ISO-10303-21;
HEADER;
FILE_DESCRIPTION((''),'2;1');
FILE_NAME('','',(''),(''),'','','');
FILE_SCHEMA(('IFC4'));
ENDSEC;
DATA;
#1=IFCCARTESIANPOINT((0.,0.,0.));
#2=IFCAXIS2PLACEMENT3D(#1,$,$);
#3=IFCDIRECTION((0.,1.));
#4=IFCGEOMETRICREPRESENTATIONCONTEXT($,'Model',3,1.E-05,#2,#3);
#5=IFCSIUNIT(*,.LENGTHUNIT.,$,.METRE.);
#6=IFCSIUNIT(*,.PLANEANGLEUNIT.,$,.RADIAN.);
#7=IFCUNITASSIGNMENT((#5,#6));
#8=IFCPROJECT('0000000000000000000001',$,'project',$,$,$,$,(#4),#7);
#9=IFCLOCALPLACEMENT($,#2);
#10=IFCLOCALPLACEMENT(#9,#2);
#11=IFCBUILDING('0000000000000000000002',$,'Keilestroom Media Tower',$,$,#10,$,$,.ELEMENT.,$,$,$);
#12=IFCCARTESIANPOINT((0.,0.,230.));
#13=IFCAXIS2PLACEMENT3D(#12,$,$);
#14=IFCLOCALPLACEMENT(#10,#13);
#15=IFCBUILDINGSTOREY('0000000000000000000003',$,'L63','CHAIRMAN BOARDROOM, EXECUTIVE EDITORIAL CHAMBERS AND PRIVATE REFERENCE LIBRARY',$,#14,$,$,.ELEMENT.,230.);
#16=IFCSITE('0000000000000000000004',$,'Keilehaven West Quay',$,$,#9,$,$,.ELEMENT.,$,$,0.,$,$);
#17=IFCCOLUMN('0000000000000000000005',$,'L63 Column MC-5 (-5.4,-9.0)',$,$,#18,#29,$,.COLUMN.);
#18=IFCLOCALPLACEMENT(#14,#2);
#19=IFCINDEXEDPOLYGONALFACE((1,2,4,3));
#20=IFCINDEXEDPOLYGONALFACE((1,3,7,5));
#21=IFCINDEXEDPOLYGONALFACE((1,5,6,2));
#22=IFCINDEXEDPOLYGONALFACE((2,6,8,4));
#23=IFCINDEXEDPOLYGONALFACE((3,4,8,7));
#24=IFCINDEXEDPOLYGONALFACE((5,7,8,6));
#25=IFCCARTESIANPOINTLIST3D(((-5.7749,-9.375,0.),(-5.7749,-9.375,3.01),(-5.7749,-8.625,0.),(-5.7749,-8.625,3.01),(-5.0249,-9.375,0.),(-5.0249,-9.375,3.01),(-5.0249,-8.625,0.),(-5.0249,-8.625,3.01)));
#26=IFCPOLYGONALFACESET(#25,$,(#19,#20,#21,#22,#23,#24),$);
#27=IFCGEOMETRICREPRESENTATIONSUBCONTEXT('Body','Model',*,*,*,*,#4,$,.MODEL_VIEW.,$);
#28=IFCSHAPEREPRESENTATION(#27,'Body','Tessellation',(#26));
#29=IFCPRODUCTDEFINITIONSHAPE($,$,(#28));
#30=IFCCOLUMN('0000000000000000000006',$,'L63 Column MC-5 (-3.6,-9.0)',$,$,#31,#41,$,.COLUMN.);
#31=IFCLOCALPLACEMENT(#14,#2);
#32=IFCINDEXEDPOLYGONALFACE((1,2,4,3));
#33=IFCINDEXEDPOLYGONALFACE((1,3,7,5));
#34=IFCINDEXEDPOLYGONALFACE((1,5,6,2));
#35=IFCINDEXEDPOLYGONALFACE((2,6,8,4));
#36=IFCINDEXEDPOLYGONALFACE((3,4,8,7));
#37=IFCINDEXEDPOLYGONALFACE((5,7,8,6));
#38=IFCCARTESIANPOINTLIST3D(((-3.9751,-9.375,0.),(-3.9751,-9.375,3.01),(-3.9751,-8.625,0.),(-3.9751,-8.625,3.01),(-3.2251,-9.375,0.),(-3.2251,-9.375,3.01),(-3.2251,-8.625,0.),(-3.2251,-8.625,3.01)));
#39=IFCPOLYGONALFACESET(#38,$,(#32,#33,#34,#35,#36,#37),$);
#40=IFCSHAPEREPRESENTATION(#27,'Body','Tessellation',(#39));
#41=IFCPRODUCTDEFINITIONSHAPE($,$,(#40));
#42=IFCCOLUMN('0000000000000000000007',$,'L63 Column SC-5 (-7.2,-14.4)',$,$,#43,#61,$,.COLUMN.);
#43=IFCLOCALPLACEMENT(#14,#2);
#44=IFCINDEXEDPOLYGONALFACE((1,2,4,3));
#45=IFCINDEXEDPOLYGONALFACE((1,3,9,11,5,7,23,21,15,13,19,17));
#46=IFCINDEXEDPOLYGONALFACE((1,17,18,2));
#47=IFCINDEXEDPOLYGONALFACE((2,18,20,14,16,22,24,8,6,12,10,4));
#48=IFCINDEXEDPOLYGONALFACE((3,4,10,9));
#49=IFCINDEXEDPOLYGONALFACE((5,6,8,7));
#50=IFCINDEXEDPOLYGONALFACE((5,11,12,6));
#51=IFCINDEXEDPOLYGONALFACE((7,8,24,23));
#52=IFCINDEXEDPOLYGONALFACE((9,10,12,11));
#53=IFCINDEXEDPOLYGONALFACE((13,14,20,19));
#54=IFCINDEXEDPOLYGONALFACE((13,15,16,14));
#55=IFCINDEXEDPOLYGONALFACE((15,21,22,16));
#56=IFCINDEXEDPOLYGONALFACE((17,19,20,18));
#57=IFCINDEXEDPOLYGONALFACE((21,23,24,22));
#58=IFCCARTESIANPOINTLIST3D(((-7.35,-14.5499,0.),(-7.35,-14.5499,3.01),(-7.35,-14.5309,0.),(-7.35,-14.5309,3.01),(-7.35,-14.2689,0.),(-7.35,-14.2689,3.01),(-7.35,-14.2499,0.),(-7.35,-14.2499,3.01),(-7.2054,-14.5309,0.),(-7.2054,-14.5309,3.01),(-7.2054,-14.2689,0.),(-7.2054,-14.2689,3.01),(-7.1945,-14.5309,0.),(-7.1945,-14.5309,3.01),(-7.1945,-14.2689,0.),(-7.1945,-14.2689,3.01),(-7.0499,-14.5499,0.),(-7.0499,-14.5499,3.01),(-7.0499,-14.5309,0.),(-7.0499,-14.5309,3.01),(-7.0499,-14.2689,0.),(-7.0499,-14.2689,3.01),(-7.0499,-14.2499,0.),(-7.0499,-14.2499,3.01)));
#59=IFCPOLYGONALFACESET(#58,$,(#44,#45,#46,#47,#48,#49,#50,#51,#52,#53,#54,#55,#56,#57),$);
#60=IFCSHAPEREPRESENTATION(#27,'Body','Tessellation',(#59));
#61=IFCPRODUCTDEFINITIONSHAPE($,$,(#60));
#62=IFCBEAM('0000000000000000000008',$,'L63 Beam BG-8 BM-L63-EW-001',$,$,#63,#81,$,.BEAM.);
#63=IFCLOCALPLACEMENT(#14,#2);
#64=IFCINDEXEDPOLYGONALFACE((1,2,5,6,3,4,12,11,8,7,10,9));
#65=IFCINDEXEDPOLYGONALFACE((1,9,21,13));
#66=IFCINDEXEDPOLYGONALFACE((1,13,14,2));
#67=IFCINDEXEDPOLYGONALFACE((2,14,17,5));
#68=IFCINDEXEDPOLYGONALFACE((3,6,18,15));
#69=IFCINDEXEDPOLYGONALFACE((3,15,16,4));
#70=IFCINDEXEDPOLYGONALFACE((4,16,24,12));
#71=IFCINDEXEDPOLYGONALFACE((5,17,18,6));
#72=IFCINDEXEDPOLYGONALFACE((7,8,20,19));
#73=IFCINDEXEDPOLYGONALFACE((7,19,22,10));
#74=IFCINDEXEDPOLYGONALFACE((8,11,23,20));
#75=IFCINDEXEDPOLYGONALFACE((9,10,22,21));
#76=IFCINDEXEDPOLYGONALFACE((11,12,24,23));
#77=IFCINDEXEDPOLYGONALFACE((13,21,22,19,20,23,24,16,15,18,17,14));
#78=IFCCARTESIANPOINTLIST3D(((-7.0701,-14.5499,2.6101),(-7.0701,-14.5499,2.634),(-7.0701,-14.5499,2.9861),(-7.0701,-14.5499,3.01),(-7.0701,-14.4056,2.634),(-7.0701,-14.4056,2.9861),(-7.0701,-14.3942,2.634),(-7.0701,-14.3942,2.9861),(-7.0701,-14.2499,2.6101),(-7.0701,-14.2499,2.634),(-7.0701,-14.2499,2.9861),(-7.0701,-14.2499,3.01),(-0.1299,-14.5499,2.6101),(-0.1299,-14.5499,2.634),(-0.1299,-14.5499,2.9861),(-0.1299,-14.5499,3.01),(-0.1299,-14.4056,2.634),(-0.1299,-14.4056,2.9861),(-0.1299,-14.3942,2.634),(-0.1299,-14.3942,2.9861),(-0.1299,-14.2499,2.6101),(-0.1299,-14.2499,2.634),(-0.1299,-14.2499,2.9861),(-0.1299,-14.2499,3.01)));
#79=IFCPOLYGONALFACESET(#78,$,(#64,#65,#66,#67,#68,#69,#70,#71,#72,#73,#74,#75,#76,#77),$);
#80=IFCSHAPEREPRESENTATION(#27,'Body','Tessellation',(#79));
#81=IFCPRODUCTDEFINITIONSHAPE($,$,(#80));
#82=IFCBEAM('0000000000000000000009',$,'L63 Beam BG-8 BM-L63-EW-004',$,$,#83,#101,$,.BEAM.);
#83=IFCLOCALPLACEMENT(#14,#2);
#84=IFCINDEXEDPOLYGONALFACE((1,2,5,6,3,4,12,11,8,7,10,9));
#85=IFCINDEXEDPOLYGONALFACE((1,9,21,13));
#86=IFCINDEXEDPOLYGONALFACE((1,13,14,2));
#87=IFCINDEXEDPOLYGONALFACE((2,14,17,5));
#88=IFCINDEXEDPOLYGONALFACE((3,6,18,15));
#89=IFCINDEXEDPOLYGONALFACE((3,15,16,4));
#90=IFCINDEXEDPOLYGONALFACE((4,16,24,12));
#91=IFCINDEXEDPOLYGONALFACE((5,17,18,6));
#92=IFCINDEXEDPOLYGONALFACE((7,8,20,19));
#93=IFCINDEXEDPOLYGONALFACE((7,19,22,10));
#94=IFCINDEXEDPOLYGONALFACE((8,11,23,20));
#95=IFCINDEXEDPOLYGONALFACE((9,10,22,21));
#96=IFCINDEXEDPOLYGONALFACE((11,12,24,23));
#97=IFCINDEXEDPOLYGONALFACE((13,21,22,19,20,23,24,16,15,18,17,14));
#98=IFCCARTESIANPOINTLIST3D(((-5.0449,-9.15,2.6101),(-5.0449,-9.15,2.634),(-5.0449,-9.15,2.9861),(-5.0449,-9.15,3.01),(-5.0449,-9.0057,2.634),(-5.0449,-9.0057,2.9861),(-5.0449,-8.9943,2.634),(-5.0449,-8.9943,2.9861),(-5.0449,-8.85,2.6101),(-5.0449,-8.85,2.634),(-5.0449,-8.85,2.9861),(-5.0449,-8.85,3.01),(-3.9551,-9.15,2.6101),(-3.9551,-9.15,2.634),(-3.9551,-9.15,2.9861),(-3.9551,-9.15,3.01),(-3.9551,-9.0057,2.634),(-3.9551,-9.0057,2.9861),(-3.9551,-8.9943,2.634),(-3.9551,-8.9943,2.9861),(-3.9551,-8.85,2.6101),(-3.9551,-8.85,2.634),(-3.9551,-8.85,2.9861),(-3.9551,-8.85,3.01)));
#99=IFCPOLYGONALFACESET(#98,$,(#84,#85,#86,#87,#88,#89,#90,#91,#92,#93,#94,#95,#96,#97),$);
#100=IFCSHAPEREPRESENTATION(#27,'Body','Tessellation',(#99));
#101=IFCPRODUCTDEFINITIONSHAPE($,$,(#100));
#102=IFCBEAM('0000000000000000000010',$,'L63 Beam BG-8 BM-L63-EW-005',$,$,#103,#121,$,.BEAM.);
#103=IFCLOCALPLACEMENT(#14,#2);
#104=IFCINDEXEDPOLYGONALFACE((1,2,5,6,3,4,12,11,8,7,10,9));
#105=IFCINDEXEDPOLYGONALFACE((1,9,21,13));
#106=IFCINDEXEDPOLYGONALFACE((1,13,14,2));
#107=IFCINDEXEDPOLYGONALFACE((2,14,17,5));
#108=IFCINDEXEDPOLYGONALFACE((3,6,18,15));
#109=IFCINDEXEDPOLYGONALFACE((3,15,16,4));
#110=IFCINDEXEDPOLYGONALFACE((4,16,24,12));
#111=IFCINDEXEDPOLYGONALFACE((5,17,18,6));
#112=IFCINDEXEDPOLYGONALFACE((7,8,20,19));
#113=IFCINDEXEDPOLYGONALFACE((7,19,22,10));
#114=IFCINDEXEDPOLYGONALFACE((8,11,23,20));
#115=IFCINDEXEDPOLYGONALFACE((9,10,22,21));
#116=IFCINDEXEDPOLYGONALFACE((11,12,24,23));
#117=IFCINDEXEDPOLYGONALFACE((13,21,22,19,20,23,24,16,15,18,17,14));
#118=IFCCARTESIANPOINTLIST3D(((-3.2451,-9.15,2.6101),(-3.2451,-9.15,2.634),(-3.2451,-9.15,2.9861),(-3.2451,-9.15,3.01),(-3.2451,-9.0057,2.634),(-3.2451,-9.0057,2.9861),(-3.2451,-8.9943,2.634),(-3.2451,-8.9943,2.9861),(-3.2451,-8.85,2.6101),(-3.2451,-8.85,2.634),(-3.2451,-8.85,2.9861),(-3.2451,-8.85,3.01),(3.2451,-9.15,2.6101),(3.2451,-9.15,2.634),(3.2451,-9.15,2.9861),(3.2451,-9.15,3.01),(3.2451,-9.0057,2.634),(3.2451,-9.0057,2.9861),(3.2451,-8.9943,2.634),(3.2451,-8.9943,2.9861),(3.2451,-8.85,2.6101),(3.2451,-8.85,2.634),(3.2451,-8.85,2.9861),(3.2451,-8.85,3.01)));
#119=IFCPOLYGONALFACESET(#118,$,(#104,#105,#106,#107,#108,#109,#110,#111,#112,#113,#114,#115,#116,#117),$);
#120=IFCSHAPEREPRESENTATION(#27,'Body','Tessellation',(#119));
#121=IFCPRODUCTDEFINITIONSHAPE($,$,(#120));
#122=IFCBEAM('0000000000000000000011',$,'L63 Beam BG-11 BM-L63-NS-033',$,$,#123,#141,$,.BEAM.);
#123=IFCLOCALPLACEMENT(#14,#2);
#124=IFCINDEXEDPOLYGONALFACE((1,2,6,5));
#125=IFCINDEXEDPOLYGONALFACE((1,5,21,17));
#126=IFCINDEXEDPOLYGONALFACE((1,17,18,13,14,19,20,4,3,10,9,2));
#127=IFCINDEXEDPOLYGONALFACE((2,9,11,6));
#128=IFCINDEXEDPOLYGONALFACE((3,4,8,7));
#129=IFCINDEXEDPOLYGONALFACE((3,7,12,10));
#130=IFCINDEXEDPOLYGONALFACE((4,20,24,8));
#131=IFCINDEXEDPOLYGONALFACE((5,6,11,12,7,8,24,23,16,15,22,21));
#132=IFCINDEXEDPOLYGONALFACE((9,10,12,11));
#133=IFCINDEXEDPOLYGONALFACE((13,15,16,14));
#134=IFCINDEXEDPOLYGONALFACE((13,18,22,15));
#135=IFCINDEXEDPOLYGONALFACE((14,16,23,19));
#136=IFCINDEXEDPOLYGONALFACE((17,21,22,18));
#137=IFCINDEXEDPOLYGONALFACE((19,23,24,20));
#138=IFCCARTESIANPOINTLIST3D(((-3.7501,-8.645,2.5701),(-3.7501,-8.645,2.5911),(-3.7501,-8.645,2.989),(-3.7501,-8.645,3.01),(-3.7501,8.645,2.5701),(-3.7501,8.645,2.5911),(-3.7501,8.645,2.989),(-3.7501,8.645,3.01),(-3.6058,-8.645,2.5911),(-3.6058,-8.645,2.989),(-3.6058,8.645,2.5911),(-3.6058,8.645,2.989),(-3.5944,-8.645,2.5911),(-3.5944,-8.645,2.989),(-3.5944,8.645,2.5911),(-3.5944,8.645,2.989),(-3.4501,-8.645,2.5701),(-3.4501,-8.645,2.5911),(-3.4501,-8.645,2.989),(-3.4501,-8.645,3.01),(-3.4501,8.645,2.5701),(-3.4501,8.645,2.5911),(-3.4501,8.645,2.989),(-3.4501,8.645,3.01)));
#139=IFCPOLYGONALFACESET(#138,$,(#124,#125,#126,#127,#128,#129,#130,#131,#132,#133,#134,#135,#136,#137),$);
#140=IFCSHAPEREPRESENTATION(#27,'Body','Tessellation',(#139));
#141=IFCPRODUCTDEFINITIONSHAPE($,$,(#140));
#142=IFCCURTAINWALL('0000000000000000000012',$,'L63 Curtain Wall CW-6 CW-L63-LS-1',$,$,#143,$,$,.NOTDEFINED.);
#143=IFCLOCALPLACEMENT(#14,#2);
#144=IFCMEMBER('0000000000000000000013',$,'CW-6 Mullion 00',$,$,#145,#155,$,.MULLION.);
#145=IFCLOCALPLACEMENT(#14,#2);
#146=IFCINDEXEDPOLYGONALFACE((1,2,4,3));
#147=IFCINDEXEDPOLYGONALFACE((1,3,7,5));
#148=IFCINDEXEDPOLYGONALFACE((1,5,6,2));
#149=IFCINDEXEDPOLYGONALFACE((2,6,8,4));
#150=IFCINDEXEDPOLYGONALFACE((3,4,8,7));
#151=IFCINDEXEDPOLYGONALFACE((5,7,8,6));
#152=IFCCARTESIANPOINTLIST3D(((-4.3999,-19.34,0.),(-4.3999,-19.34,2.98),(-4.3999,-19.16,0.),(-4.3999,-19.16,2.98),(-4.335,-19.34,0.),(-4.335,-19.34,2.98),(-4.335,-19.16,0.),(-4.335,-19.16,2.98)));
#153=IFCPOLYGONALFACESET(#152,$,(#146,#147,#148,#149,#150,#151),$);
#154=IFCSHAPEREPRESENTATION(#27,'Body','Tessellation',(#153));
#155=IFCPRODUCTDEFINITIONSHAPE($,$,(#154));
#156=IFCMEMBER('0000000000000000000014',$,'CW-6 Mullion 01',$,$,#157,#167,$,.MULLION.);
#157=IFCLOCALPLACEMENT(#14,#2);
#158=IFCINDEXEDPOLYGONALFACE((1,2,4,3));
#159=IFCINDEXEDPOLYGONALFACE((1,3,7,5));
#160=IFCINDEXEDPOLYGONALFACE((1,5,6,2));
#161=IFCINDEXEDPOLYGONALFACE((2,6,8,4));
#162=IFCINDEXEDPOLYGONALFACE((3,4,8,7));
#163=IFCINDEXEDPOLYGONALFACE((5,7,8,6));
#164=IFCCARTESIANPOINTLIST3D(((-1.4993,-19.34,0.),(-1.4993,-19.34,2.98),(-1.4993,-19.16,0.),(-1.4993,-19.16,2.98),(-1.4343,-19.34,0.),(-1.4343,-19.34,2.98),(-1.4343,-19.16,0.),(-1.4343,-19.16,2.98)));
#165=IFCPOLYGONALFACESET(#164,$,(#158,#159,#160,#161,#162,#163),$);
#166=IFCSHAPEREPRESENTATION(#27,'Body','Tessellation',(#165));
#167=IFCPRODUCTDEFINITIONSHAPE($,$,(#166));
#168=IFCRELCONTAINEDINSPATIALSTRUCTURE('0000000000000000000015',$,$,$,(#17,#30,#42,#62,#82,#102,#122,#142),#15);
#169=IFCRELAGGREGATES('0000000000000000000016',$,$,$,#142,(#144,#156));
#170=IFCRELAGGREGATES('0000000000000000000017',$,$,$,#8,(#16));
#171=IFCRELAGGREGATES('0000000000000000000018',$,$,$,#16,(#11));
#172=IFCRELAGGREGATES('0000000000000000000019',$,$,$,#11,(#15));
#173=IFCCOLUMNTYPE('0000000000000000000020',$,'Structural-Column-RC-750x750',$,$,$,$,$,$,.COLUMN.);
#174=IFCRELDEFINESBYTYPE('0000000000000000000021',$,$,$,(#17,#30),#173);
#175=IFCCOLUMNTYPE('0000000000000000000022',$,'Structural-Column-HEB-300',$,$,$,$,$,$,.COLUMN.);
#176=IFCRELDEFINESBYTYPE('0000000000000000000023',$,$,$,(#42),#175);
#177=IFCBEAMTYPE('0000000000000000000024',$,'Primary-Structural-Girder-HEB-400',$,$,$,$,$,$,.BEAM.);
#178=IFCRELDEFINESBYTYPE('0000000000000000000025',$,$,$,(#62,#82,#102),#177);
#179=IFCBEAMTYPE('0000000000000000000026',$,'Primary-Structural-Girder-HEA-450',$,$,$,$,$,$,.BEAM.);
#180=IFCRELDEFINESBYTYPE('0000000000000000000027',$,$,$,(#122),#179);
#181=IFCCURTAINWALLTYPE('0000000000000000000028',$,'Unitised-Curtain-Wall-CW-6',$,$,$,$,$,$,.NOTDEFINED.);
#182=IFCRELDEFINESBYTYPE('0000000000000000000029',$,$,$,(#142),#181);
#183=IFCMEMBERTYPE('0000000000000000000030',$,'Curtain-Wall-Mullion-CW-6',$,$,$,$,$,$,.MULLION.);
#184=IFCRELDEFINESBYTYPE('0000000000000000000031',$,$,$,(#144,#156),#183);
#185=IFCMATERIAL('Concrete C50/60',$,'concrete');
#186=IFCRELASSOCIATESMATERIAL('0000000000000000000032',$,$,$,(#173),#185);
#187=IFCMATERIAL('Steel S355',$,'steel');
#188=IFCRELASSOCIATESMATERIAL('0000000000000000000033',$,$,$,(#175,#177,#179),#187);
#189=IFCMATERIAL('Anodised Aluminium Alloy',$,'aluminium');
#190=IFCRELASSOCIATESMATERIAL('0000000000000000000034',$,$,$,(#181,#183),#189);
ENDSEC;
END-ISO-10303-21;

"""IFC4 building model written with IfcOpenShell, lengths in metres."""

from ifc_helpers import new_model, si_unit, direction, frame, origin, origin_2d, place, context, subcontext, project, spatial, rectangle, i_section, extrude, source, transform, mapped, material, material_profile, profile_set, type_object, element, aggregate, save


model = new_model("IFC4")

# Units and contexts
model_context = context("Model", 3, precision=1e-05, world=origin(), true_north=direction((0.0, 1.0)))
body_context = subcontext(model_context, "Body", "Model", "MODEL_VIEW")
ifc_project = project(units=[si_unit("LENGTHUNIT", "METRE"), si_unit("PLANEANGLEUNIT", "RADIAN")], contexts=[model_context])

# Site, building, storey
site_placement = place(None, origin())
site = spatial("IfcSite", under=ifc_project, at=site_placement, Name="Keilehaven West Quay", CompositionType="ELEMENT", RefElevation=0.0)
building_placement = place(site_placement, origin())
building = spatial("IfcBuilding", under=site, at=building_placement, Name="Keilestroom Media Tower", CompositionType="ELEMENT")
storey_placement = place(building_placement, frame((0.0, 0.0, 230.0)))
storey = spatial("IfcBuildingStorey", under=building, at=storey_placement, Name="L63", Description="CHAIRMAN BOARDROOM, EXECUTIVE EDITORIAL CHAMBERS AND PRIVATE REFERENCE LIBRARY", CompositionType="ELEMENT", Elevation=230.0)

# Columns
ifc_material_1 = material(Name="Concrete C50/60", Category="concrete")
ifc_material_profile_1 = material_profile(ifc_material_1, rectangle(XDim=0.75, YDim=0.75, at=origin_2d()), Name="RC 750x750")
ifc_profile_set_1 = profile_set([ifc_material_profile_1], Name="Concrete C50/60")
column_type_1 = type_object("IfcColumnType", Name="Structural-Column-RC-750x750", PredefinedType="COLUMN", material=ifc_profile_set_1)
shared_shape_1 = source(origin(), body_context, "Body", "SweptSolid", [
    extrude(rectangle(XDim=0.75, YDim=0.75, at=origin_2d()), origin(), (0.0, 0.0, 1.0), 3.01),
])
for number, where, z_axis, x_axis, name in (
    (1, (-5.3999, -9.0, 0.0), (0.0, 0.0, 1.0), (1.0, 0.0, 0.0), "L63 Column MC-5 (-5.4,-9.0)"),
    (2, (-3.6001, -9.0, 0.0), (0.0, 0.0, 1.0), (1.0, 0.0, 0.0), "L63 Column MC-5 (-3.6,-9.0)"),
):
    element("IfcColumn", number, at=place(storey_placement, frame(where, z_axis=z_axis, x_axis=x_axis)), inside=storey, type_object=column_type_1, Name=name, PredefinedType="COLUMN", context=body_context, shape_type="MappedRepresentation", body=[
        mapped(shared_shape_1, transform((0.0, 0.0, 0.0), x_axis=(1.0, 0.0, 0.0), y_axis=(0.0, 1.0, 0.0), z_axis=(0.0, 0.0, 1.0), scale=1.0)),
    ])
ifc_material_2 = material(Name="Steel S355", Category="steel")
ifc_material_profile_2 = material_profile(ifc_material_2, i_section(OverallWidth=0.3, OverallDepth=0.3, WebThickness=0.011, FlangeThickness=0.019, at=origin_2d()), Name="HEB 300")
ifc_profile_set_2 = profile_set([ifc_material_profile_2], Name="Steel S355")
column_type_2 = type_object("IfcColumnType", Name="Structural-Column-HEB-300", PredefinedType="COLUMN", material=ifc_profile_set_2)
shared_shape_2 = source(origin(), body_context, "Body", "SweptSolid", [
    extrude(i_section(OverallWidth=0.3, OverallDepth=0.3, WebThickness=0.011, FlangeThickness=0.019, at=origin_2d()), origin(), (0.0, 0.0, 1.0), 3.01),
])
column_placement = place(storey_placement, frame((-7.2, -14.3999, 0.0), z_axis=(0.0, 0.0, 1.0), x_axis=(1.0, 0.0, 0.0)))
element("IfcColumn", 3, at=column_placement, inside=storey, type_object=column_type_2, Name="L63 Column SC-5 (-7.2,-14.4)", PredefinedType="COLUMN", context=body_context, shape_type="MappedRepresentation", body=[
    mapped(shared_shape_2, transform((0.0, 0.0, 0.0), x_axis=(1.0, 0.0, 0.0), y_axis=(0.0, 1.0, 0.0), z_axis=(0.0, 0.0, 1.0), scale=1.0)),
])

# Beams
ifc_material_profile_3 = material_profile(ifc_material_2, i_section(OverallWidth=0.3, OverallDepth=0.3999, WebThickness=0.0115, FlangeThickness=0.0239, at=origin_2d()), Name="HEB 400")
ifc_profile_set_3 = profile_set([ifc_material_profile_3], Name="Steel S355")
beam_type_1 = type_object("IfcBeamType", Name="Primary-Structural-Girder-HEB-400", PredefinedType="BEAM", material=ifc_profile_set_3)
shared_shape_3 = source(origin(), body_context, "Body", "SweptSolid", [
    extrude(i_section(OverallWidth=0.3, OverallDepth=0.3999, WebThickness=0.0115, FlangeThickness=0.0239, at=origin_2d()), origin(), (0.0, 0.0, 1.0), 6.9402),
])
beam_1_placement = place(storey_placement, frame((-7.0701, -14.3999, 2.8101), z_axis=(1.0, 0.0, 0.0), x_axis=(0.0, 1.0, 0.0)))
element("IfcBeam", 4, at=beam_1_placement, inside=storey, type_object=beam_type_1, Name="L63 Beam BG-8 BM-L63-EW-001", PredefinedType="BEAM", context=body_context, shape_type="MappedRepresentation", body=[
    mapped(shared_shape_3, transform((0.0, 0.0, 0.0), x_axis=(1.0, 0.0, 0.0), y_axis=(0.0, 1.0, 0.0), z_axis=(0.0, 0.0, 1.0), scale=1.0)),
])
shared_shape_4 = source(origin(), body_context, "Body", "SweptSolid", [
    extrude(i_section(OverallWidth=0.3, OverallDepth=0.3999, WebThickness=0.0115, FlangeThickness=0.0239, at=origin_2d()), origin(), (0.0, 0.0, 1.0), 1.0898),
])
beam_2_placement = place(storey_placement, frame((-5.0449, -9.0, 2.8101), z_axis=(1.0, 0.0, 0.0), x_axis=(0.0, 1.0, 0.0)))
element("IfcBeam", 5, at=beam_2_placement, inside=storey, type_object=beam_type_1, Name="L63 Beam BG-8 BM-L63-EW-004", PredefinedType="BEAM", context=body_context, shape_type="MappedRepresentation", body=[
    mapped(shared_shape_4, transform((0.0, 0.0, 0.0), x_axis=(1.0, 0.0, 0.0), y_axis=(0.0, 1.0, 0.0), z_axis=(0.0, 0.0, 1.0), scale=1.0)),
])
shared_shape_5 = source(origin(), body_context, "Body", "SweptSolid", [
    extrude(i_section(OverallWidth=0.3, OverallDepth=0.3999, WebThickness=0.0115, FlangeThickness=0.0239, at=origin_2d()), origin(), (0.0, 0.0, 1.0), 6.4902),
])
beam_3_placement = place(storey_placement, frame((-3.2451, -9.0, 2.8101), z_axis=(1.0, 0.0, 0.0), x_axis=(0.0, 1.0, 0.0)))
element("IfcBeam", 6, at=beam_3_placement, inside=storey, type_object=beam_type_1, Name="L63 Beam BG-8 BM-L63-EW-005", PredefinedType="BEAM", context=body_context, shape_type="MappedRepresentation", body=[
    mapped(shared_shape_5, transform((0.0, 0.0, 0.0), x_axis=(1.0, 0.0, 0.0), y_axis=(0.0, 1.0, 0.0), z_axis=(0.0, 0.0, 1.0), scale=1.0)),
])
ifc_material_profile_4 = material_profile(ifc_material_2, i_section(OverallWidth=0.3, OverallDepth=0.4399, WebThickness=0.0115, FlangeThickness=0.021, at=origin_2d()), Name="HEA 450")
ifc_profile_set_4 = profile_set([ifc_material_profile_4], Name="Steel S355")
beam_type_2 = type_object("IfcBeamType", Name="Primary-Structural-Girder-HEA-450", PredefinedType="BEAM", material=ifc_profile_set_4)
shared_shape_6 = source(origin(), body_context, "Body", "SweptSolid", [
    extrude(i_section(OverallWidth=0.3, OverallDepth=0.4399, WebThickness=0.0115, FlangeThickness=0.021, at=origin_2d()), origin(), (0.0, 0.0, 1.0), 17.29),
])
beam_4_placement = place(storey_placement, frame((-3.6001, -8.645, 2.79), z_axis=(0.0, 1.0, 0.0), x_axis=(-1.0, 0.0, 0.0)))
element("IfcBeam", 7, at=beam_4_placement, inside=storey, type_object=beam_type_2, Name="L63 Beam BG-11 BM-L63-NS-033", PredefinedType="BEAM", context=body_context, shape_type="MappedRepresentation", body=[
    mapped(shared_shape_6, transform((0.0, 0.0, 0.0), x_axis=(1.0, 0.0, 0.0), y_axis=(0.0, 1.0, 0.0), z_axis=(0.0, 0.0, 1.0), scale=1.0)),
])

# Curtain wall, members
ifc_material_3 = material(Name="Anodised Aluminium Alloy", Category="aluminium")
curtain_wall_type = type_object("IfcCurtainWallType", Name="Unitised-Curtain-Wall-CW-6", PredefinedType="NOTDEFINED", material=ifc_material_3)
curtain_wall_placement = place(storey_placement, origin())
curtain_wall = element("IfcCurtainWall", 8, at=curtain_wall_placement, inside=storey, type_object=curtain_wall_type, Name="L63 Curtain Wall CW-6 CW-L63-LS-1", PredefinedType="NOTDEFINED")
ifc_material_profile_5 = material_profile(ifc_material_3, rectangle(XDim=0.0649, YDim=0.1799, at=origin_2d()), Name="ALU MULLION 65x180")
ifc_profile_set_5 = profile_set([ifc_material_profile_5], Name="Anodised Aluminium Alloy")
member_type_1 = type_object("IfcMemberType", Name="Curtain-Wall-Mullion-CW-6", PredefinedType="MULLION", material=ifc_profile_set_5)
shared_shape_7 = source(origin(), body_context, "Body", "SweptSolid", [
    extrude(rectangle(XDim=0.0649, YDim=0.1799, at=origin_2d()), origin(), (0.0, 0.0, 1.0), 2.98),
])
member_1_placement = place(storey_placement, frame((-4.3674, -19.25, 0.0), z_axis=(0.0, 0.0, 1.0), x_axis=(1.0, 0.0, 0.0)))
member_1 = element("IfcMember", 9, at=member_1_placement, type_object=member_type_1, Name="CW-6 Mullion 00", PredefinedType="MULLION", context=body_context, shape_type="MappedRepresentation", body=[
    mapped(shared_shape_7, transform((0.0, 0.0, 0.0), x_axis=(1.0, 0.0, 0.0), y_axis=(0.0, 1.0, 0.0), z_axis=(0.0, 0.0, 1.0), scale=1.0)),
])
member_2_placement = place(storey_placement, frame((-1.4668, -19.25, 0.0), z_axis=(0.0, 0.0, 1.0), x_axis=(1.0, 0.0, 0.0)))
member_2 = element("IfcMember", 10, at=member_2_placement, type_object=member_type_1, Name="CW-6 Mullion 01", PredefinedType="MULLION", context=body_context, shape_type="MappedRepresentation", body=[
    mapped(shared_shape_7, transform((0.0, 0.0, 0.0), x_axis=(1.0, 0.0, 0.0), y_axis=(0.0, 1.0, 0.0), z_axis=(0.0, 0.0, 1.0), scale=1.0)),
])
aggregate(curtain_wall, [member_1, member_2])

save(model, "model.ifc")
